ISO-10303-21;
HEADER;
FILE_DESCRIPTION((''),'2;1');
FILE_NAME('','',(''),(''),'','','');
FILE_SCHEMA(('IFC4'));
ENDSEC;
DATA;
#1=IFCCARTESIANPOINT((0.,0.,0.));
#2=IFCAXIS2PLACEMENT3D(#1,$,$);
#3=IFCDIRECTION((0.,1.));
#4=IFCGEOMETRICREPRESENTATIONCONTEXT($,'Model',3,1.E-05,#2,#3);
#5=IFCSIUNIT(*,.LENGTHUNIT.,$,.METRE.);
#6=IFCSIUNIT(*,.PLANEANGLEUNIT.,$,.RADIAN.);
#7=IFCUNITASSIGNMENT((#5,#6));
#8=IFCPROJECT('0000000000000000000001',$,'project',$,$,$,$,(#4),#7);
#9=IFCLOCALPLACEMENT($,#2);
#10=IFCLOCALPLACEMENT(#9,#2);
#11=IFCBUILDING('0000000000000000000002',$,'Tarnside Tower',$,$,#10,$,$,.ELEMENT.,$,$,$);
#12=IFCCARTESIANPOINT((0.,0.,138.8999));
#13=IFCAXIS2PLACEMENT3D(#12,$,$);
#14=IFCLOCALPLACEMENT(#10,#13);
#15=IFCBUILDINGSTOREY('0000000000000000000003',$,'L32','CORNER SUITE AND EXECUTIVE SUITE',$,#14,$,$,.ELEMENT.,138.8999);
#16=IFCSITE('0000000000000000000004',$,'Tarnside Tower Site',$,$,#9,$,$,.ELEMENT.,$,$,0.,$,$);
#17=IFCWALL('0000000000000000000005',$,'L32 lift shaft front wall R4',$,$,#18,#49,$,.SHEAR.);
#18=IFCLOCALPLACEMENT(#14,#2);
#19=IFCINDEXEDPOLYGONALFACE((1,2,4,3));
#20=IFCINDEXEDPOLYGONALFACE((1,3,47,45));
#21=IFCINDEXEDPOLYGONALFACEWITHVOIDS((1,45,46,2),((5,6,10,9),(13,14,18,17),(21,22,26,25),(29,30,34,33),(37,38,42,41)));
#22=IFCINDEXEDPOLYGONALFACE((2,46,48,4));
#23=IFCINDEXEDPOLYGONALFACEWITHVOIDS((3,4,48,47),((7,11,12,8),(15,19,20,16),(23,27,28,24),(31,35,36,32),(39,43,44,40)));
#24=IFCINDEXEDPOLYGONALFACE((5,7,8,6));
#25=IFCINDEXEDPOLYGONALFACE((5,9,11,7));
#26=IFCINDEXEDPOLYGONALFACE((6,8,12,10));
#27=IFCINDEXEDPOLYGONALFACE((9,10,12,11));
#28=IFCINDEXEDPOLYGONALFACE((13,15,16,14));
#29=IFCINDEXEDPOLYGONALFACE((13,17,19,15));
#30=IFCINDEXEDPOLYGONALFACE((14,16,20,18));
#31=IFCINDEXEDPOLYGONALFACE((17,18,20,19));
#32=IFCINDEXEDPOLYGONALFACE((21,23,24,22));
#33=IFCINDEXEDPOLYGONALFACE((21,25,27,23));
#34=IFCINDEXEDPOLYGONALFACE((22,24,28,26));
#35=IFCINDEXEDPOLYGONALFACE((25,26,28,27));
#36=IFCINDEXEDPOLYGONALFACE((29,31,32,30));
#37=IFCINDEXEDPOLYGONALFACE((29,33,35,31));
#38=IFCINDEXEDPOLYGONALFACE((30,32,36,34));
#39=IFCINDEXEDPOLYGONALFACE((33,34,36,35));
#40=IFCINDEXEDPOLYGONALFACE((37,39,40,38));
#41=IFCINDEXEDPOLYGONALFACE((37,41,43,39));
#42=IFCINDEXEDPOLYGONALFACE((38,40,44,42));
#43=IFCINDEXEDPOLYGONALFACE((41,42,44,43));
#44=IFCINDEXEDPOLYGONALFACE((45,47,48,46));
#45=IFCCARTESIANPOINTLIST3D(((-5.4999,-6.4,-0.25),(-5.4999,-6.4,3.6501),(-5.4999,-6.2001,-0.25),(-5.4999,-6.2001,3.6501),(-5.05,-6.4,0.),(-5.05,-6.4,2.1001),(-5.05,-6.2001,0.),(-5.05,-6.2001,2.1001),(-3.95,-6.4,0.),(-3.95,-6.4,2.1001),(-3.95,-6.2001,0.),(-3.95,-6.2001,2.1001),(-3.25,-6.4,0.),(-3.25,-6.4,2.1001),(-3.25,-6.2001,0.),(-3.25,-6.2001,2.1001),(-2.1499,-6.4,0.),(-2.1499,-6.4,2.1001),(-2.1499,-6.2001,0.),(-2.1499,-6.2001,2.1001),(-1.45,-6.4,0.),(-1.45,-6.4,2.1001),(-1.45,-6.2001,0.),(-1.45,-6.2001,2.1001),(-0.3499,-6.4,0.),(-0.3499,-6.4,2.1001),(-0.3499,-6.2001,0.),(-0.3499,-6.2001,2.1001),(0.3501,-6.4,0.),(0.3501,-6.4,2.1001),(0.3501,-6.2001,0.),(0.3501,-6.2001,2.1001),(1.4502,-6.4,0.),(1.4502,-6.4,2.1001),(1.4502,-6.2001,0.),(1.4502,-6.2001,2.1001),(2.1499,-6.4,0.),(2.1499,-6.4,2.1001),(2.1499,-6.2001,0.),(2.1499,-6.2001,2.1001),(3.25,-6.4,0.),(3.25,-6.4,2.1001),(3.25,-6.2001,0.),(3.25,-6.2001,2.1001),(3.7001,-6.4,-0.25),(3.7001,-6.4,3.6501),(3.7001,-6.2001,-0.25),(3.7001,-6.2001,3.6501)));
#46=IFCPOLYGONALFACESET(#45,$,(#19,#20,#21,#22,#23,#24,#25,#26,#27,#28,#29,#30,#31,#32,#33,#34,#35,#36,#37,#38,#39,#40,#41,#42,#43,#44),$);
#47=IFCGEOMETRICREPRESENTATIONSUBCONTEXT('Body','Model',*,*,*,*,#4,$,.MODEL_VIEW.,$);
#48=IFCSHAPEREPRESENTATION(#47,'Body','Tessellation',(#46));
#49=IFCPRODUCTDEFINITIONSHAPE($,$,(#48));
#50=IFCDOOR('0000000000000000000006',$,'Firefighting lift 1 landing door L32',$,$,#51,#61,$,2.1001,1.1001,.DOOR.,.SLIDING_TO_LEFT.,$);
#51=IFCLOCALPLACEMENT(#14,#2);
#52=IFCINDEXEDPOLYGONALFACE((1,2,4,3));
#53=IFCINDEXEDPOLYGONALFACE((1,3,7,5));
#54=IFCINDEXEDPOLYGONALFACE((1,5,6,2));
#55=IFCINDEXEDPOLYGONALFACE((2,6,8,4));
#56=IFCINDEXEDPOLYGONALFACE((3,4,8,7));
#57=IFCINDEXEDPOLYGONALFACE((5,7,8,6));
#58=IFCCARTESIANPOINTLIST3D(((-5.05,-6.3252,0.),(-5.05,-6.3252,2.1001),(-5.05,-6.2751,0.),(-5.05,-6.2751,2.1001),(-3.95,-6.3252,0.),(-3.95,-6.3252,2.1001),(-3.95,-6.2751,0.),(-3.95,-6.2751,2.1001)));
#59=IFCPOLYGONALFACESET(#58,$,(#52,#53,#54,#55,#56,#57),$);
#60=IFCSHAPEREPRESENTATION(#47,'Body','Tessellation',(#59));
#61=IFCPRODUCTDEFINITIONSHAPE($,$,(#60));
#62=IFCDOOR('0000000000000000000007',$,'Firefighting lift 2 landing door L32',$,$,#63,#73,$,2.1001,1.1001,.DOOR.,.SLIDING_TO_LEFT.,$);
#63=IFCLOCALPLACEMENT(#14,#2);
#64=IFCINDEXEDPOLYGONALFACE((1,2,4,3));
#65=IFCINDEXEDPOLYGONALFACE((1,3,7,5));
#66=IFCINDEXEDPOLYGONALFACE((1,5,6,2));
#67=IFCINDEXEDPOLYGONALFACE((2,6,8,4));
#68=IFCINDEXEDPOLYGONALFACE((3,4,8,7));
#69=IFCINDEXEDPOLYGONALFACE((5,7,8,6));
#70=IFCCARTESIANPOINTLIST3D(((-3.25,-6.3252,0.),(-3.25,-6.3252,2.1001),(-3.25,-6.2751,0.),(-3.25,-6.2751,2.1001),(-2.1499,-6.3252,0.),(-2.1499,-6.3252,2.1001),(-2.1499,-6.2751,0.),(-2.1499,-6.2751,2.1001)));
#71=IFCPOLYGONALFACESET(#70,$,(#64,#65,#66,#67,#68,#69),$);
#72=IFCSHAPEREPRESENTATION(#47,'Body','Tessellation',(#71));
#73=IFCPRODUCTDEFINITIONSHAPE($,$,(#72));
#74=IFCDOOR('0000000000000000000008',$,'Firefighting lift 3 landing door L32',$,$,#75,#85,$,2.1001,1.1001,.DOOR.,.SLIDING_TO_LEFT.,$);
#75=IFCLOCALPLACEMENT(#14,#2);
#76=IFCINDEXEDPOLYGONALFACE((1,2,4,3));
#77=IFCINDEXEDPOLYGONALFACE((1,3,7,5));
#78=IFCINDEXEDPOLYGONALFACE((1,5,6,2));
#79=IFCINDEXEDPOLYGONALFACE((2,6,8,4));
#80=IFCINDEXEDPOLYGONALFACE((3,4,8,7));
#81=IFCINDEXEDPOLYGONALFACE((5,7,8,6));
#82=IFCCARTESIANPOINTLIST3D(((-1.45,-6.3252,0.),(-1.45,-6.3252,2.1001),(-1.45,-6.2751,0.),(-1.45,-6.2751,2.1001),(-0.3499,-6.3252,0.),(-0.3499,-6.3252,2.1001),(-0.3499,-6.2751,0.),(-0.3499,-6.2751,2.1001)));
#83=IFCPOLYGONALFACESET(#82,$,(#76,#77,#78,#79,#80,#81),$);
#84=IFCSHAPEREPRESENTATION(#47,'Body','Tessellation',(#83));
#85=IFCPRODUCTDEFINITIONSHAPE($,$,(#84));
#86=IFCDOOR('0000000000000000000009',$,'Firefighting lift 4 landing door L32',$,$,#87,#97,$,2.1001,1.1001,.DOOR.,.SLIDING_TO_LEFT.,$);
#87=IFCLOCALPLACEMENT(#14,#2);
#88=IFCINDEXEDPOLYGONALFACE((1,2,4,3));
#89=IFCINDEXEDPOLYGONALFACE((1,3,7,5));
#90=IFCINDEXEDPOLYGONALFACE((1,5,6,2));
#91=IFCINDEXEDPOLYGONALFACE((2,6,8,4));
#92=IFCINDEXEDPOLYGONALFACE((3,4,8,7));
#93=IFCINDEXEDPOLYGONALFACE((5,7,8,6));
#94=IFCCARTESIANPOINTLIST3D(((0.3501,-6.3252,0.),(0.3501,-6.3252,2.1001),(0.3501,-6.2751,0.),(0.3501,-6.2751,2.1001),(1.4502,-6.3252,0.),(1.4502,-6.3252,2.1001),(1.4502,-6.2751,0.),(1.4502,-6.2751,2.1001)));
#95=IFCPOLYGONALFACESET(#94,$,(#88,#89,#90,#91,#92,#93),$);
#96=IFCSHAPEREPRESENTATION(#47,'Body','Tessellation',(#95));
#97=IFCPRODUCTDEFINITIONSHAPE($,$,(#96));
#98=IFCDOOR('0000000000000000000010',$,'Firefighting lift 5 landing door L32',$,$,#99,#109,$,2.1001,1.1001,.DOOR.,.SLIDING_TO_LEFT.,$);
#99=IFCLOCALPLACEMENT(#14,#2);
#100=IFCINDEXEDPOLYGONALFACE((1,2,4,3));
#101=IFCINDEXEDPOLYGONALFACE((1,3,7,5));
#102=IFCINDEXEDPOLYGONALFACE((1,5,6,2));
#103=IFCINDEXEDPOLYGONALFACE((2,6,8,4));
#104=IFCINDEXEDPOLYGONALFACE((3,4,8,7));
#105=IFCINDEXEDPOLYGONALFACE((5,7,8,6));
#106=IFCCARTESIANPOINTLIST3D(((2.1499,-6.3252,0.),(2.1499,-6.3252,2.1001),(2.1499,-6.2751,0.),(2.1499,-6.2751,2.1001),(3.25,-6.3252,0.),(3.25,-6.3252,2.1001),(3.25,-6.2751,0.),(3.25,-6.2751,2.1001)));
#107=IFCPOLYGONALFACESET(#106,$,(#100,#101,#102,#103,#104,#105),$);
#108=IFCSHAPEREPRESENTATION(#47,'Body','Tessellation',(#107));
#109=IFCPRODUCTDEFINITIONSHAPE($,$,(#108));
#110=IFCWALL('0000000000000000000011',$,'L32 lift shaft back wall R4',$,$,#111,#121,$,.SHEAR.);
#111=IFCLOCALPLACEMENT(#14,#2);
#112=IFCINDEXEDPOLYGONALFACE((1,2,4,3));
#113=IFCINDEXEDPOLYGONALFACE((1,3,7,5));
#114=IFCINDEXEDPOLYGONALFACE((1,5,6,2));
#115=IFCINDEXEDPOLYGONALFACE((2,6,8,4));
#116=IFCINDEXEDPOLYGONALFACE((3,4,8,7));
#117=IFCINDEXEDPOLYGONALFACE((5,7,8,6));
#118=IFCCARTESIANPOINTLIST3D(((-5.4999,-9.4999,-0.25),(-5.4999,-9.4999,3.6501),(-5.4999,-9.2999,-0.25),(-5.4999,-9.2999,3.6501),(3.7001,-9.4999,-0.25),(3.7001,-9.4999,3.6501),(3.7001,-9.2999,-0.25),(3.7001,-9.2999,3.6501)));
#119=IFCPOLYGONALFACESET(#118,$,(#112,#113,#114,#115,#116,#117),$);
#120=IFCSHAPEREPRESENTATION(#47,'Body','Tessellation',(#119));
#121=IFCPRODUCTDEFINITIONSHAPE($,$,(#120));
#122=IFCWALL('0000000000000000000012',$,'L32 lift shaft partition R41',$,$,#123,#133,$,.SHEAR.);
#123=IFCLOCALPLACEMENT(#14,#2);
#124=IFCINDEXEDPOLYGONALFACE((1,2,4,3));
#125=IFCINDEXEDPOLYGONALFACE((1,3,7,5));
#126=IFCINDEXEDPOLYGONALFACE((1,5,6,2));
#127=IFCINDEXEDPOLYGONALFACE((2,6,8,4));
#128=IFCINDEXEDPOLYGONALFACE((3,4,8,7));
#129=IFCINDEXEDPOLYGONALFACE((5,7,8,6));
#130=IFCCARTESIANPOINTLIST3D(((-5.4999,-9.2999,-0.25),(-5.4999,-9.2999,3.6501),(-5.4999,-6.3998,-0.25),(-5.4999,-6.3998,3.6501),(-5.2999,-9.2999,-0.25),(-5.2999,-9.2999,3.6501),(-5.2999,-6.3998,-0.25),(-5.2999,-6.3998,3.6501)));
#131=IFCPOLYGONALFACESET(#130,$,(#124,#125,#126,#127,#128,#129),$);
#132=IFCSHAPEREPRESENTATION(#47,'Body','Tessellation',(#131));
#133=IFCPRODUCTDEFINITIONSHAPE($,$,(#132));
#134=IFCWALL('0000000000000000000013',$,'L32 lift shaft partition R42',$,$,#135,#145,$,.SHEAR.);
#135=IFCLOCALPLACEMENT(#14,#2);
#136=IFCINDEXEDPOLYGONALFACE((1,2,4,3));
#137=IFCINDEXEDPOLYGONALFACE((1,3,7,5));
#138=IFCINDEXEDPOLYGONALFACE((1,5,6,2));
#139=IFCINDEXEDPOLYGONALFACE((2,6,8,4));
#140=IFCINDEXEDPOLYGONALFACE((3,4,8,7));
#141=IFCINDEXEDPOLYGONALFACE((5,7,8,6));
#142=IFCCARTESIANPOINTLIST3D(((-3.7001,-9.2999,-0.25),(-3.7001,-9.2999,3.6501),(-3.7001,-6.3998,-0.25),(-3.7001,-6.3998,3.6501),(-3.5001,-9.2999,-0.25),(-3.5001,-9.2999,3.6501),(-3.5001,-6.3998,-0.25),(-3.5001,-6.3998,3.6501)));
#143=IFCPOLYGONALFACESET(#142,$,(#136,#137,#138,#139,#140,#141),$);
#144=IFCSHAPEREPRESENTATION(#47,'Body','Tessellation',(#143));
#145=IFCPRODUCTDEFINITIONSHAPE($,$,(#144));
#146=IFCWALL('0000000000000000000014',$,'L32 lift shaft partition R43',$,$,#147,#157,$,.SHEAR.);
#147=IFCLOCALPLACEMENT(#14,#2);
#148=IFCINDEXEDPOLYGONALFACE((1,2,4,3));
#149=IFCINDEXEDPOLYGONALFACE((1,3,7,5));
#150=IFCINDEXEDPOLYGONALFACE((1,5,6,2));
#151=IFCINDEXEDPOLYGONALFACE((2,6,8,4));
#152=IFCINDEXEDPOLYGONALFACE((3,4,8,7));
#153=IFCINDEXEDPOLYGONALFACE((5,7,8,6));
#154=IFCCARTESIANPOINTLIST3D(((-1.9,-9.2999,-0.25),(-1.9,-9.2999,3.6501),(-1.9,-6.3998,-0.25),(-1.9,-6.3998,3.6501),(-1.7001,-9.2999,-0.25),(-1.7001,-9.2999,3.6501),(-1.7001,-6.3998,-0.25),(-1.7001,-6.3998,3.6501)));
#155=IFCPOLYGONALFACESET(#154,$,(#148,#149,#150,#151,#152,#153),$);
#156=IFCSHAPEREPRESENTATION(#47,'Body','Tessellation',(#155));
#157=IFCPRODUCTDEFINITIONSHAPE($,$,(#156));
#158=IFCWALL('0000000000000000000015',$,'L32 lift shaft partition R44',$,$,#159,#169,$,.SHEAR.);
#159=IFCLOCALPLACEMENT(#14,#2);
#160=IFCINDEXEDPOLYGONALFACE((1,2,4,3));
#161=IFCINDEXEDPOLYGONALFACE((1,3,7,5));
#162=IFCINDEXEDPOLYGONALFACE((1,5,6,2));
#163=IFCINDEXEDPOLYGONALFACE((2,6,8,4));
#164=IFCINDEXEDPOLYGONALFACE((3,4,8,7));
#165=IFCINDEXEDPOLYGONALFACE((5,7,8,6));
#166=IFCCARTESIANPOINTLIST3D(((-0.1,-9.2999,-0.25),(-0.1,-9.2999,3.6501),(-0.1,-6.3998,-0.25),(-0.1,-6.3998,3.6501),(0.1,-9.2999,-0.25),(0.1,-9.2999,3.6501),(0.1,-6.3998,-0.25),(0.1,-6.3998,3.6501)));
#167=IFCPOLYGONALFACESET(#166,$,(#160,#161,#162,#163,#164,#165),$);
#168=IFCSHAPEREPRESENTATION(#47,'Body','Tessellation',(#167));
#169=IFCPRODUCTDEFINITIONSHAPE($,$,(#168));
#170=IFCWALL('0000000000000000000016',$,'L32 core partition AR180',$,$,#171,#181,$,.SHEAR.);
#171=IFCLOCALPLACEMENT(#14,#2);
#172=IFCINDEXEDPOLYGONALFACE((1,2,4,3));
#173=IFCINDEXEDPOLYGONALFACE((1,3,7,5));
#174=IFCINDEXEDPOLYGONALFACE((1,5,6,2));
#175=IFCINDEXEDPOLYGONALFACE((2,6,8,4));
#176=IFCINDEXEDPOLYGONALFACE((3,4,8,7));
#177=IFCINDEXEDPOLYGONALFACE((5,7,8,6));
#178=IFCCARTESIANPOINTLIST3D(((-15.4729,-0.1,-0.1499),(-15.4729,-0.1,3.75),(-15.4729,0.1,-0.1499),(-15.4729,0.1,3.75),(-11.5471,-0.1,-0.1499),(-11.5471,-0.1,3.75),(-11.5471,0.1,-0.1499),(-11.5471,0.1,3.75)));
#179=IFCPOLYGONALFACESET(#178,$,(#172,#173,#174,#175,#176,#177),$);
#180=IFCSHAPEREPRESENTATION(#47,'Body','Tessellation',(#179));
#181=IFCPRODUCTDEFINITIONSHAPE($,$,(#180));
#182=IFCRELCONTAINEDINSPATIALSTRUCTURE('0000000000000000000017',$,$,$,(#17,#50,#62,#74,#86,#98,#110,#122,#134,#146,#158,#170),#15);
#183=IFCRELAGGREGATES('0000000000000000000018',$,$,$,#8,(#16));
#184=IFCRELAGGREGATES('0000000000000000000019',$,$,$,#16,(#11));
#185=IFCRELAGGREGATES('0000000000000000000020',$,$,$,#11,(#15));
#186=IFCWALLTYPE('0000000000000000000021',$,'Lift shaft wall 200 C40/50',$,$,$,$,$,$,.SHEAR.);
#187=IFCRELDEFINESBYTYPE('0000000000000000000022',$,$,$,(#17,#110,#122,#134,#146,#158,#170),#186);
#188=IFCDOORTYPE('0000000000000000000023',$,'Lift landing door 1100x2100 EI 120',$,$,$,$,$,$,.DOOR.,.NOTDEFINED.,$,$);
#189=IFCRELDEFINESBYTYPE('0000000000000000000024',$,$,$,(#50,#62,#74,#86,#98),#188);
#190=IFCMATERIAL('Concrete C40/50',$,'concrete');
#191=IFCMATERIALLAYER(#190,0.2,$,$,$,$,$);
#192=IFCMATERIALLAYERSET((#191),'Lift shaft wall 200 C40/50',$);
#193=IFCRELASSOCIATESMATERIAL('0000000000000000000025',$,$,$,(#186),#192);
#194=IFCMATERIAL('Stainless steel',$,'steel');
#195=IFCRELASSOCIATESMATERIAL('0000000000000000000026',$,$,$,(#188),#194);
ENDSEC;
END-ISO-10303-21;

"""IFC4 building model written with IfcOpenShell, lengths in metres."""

from ifc_helpers import new_model, si_unit, direction, frame, frame_2d, origin, place, context, subcontext, project, spatial, rectangle, extrude, material, layer, layer_set, type_object, element, fill, save


model = new_model("IFC4")

# Units and contexts
model_context = context("Model", 3, precision=1e-05, world=origin(), true_north=direction((0.0, 1.0)))
body_context = subcontext(model_context, "Body", "Model", "MODEL_VIEW")
ifc_project = project(units=[si_unit("LENGTHUNIT", "METRE"), si_unit("PLANEANGLEUNIT", "RADIAN")], contexts=[model_context])

# Site, building, storey
site_placement = place(None, origin())
site = spatial("IfcSite", under=ifc_project, at=site_placement, Name="Tarnside Tower Site", CompositionType="ELEMENT", RefElevation=0.0)
building_placement = place(site_placement, origin())
building = spatial("IfcBuilding", under=site, at=building_placement, Name="Tarnside Tower", CompositionType="ELEMENT")
storey_placement = place(building_placement, frame((0.0, 0.0, 138.8999)))
storey = spatial("IfcBuildingStorey", under=building, at=storey_placement, Name="L32", Description="CORNER SUITE AND EXECUTIVE SUITE", CompositionType="ELEMENT", Elevation=138.8999)

# Shared definitions
ifc_material_1 = material(Name="Concrete C40/50", Category="concrete")
ifc_layer_1 = layer(ifc_material_1, 0.2)
ifc_layer_set_1 = layer_set([ifc_layer_1], Name="Lift shaft wall 200 C40/50")
wall_type_1 = type_object("IfcWallType", Name="Lift shaft wall 200 C40/50", PredefinedType="SHEAR", material=ifc_layer_set_1)

# Wall, openings, doors
wall_1_placement = place(storey_placement, frame((-5.5, -6.3, -0.25), z_axis=(0.0, 0.0, 1.0), x_axis=(1.0, 0.0, 0.0)))
wall_1 = element("IfcWall", 1, at=wall_1_placement, inside=storey, type_object=wall_type_1, Name="L32 lift shaft front wall R4", PredefinedType="SHEAR", context=body_context, shape_type="SweptSolid", body=[
    extrude(rectangle(XDim=9.2, YDim=0.2, at=frame_2d((4.6001, 0.0))), origin(), (0.0, 0.0, 1.0), 3.9001),
])
opening_1_placement = place(wall_1_placement, frame((0.45, 0.0, 0.25)))
opening_1 = element("IfcOpeningElement", 2, at=opening_1_placement, cuts=wall_1, PredefinedType="OPENING", context=body_context, shape_type="SweptSolid", body=[
    extrude(rectangle(XDim=1.1001, YDim=2.1001, at=frame_2d((0.55, 1.05))), frame((0.0, 0.1099, 0.0), z_axis=(0.0, -1.0, 0.0), x_axis=(1.0, 0.0, 0.0)), (0.0, 0.0, 1.0), 0.22),
])
opening_2_placement = place(wall_1_placement, frame((2.25, 0.0, 0.25)))
opening_2 = element("IfcOpeningElement", 3, at=opening_2_placement, cuts=wall_1, PredefinedType="OPENING", context=body_context, shape_type="SweptSolid", body=[
    extrude(rectangle(XDim=1.1001, YDim=2.1001, at=frame_2d((0.55, 1.05))), frame((0.0, 0.1099, 0.0), z_axis=(0.0, -1.0, 0.0), x_axis=(1.0, 0.0, 0.0)), (0.0, 0.0, 1.0), 0.22),
])
opening_3_placement = place(wall_1_placement, frame((4.05, 0.0, 0.25)))
opening_3 = element("IfcOpeningElement", 4, at=opening_3_placement, cuts=wall_1, PredefinedType="OPENING", context=body_context, shape_type="SweptSolid", body=[
    extrude(rectangle(XDim=1.1001, YDim=2.1001, at=frame_2d((0.55, 1.05))), frame((0.0, 0.1099, 0.0), z_axis=(0.0, -1.0, 0.0), x_axis=(1.0, 0.0, 0.0)), (0.0, 0.0, 1.0), 0.22),
])
opening_4_placement = place(wall_1_placement, frame((5.8501, 0.0, 0.25)))
opening_4 = element("IfcOpeningElement", 5, at=opening_4_placement, cuts=wall_1, PredefinedType="OPENING", context=body_context, shape_type="SweptSolid", body=[
    extrude(rectangle(XDim=1.1001, YDim=2.1001, at=frame_2d((0.55, 1.05))), frame((0.0, 0.1099, 0.0), z_axis=(0.0, -1.0, 0.0), x_axis=(1.0, 0.0, 0.0)), (0.0, 0.0, 1.0), 0.22),
])
opening_5_placement = place(wall_1_placement, frame((7.6499, 0.0, 0.25)))
opening_5 = element("IfcOpeningElement", 6, at=opening_5_placement, cuts=wall_1, PredefinedType="OPENING", context=body_context, shape_type="SweptSolid", body=[
    extrude(rectangle(XDim=1.1001, YDim=2.1001, at=frame_2d((0.55, 1.05))), frame((0.0, 0.1099, 0.0), z_axis=(0.0, -1.0, 0.0), x_axis=(1.0, 0.0, 0.0)), (0.0, 0.0, 1.0), 0.22),
])
ifc_material_2 = material(Name="Stainless steel", Category="steel")
door_type_1 = type_object("IfcDoorType", Name="Lift landing door 1100x2100 EI 120", OperationType="NOTDEFINED", PredefinedType="DOOR", material=ifc_material_2)
door_1_placement = place(opening_1_placement, origin())
door_1 = element("IfcDoor", 7, at=door_1_placement, inside=storey, type_object=door_type_1, Name="Firefighting lift 1 landing door L32", OperationType="SLIDING_TO_LEFT", OverallHeight=2.1001, OverallWidth=1.1001, PredefinedType="DOOR", context=body_context, shape_type="SweptSolid", body=[
    extrude(rectangle(XDim=1.1001, YDim=2.1001, at=frame_2d((0.55, 1.05))), frame((0.0, 0.0249, 0.0), z_axis=(0.0, -1.0, 0.0), x_axis=(1.0, 0.0, 0.0)), (0.0, 0.0, 1.0), 0.05),
])
fill(opening_1, door_1)
door_2_placement = place(opening_2_placement, origin())
door_2 = element("IfcDoor", 8, at=door_2_placement, inside=storey, type_object=door_type_1, Name="Firefighting lift 2 landing door L32", OperationType="SLIDING_TO_LEFT", OverallHeight=2.1001, OverallWidth=1.1001, PredefinedType="DOOR", context=body_context, shape_type="SweptSolid", body=[
    extrude(rectangle(XDim=1.1001, YDim=2.1001, at=frame_2d((0.55, 1.05))), frame((0.0, 0.0249, 0.0), z_axis=(0.0, -1.0, 0.0), x_axis=(1.0, 0.0, 0.0)), (0.0, 0.0, 1.0), 0.05),
])
fill(opening_2, door_2)
door_3_placement = place(opening_3_placement, origin())
door_3 = element("IfcDoor", 9, at=door_3_placement, inside=storey, type_object=door_type_1, Name="Firefighting lift 3 landing door L32", OperationType="SLIDING_TO_LEFT", OverallHeight=2.1001, OverallWidth=1.1001, PredefinedType="DOOR", context=body_context, shape_type="SweptSolid", body=[
    extrude(rectangle(XDim=1.1001, YDim=2.1001, at=frame_2d((0.55, 1.05))), frame((0.0, 0.0249, 0.0), z_axis=(0.0, -1.0, 0.0), x_axis=(1.0, 0.0, 0.0)), (0.0, 0.0, 1.0), 0.05),
])
fill(opening_3, door_3)
door_4_placement = place(opening_4_placement, origin())
door_4 = element("IfcDoor", 10, at=door_4_placement, inside=storey, type_object=door_type_1, Name="Firefighting lift 4 landing door L32", OperationType="SLIDING_TO_LEFT", OverallHeight=2.1001, OverallWidth=1.1001, PredefinedType="DOOR", context=body_context, shape_type="SweptSolid", body=[
    extrude(rectangle(XDim=1.1001, YDim=2.1001, at=frame_2d((0.55, 1.05))), frame((0.0, 0.0249, 0.0), z_axis=(0.0, -1.0, 0.0), x_axis=(1.0, 0.0, 0.0)), (0.0, 0.0, 1.0), 0.05),
])
fill(opening_4, door_4)
door_5_placement = place(opening_5_placement, origin())
door_5 = element("IfcDoor", 11, at=door_5_placement, inside=storey, type_object=door_type_1, Name="Firefighting lift 5 landing door L32", OperationType="SLIDING_TO_LEFT", OverallHeight=2.1001, OverallWidth=1.1001, PredefinedType="DOOR", context=body_context, shape_type="SweptSolid", body=[
    extrude(rectangle(XDim=1.1001, YDim=2.1001, at=frame_2d((0.55, 1.05))), frame((0.0, 0.0249, 0.0), z_axis=(0.0, -1.0, 0.0), x_axis=(1.0, 0.0, 0.0)), (0.0, 0.0, 1.0), 0.05),
])
fill(opening_5, door_5)

# Walls
wall_2_placement = place(storey_placement, frame((-5.5, -9.3999, -0.25), z_axis=(0.0, 0.0, 1.0), x_axis=(1.0, 0.0, 0.0)))
element("IfcWall", 12, at=wall_2_placement, inside=storey, type_object=wall_type_1, Name="L32 lift shaft back wall R4", PredefinedType="SHEAR", context=body_context, shape_type="SweptSolid", body=[
    extrude(rectangle(XDim=9.2, YDim=0.2, at=frame_2d((4.6001, 0.0))), origin(), (0.0, 0.0, 1.0), 3.9001),
])
for number, where, z_axis, x_axis, name in (
    (13, (-5.3999, -9.3, -0.25), (0.0, 0.0, 1.0), (0.0, 1.0, 0.0), "L32 lift shaft partition R41"),
    (14, (-3.6001, -9.3, -0.25), (0.0, 0.0, 1.0), (0.0, 1.0, 0.0), "L32 lift shaft partition R42"),
    (15, (-1.8, -9.3, -0.25), (0.0, 0.0, 1.0), (0.0, 1.0, 0.0), "L32 lift shaft partition R43"),
    (16, (0.0, -9.3, -0.25), (0.0, 0.0, 1.0), (0.0, 1.0, 0.0), "L32 lift shaft partition R44"),
):
    element("IfcWall", number, at=place(storey_placement, frame(where, z_axis=z_axis, x_axis=x_axis)), inside=storey, type_object=wall_type_1, Name=name, PredefinedType="SHEAR", context=body_context, shape_type="SweptSolid", body=[
        extrude(rectangle(XDim=2.9001, YDim=0.2, at=frame_2d((1.4502, 0.0))), origin(), (0.0, 0.0, 1.0), 3.9001),
    ])
wall_3_placement = place(storey_placement, frame((-11.5471, 0.0, -0.1499), z_axis=(0.0, 0.0, 1.0), x_axis=(-1.0, 0.0, 0.0)))
element("IfcWall", 17, at=wall_3_placement, inside=storey, type_object=wall_type_1, Name="L32 core partition AR180", PredefinedType="SHEAR", context=body_context, shape_type="SweptSolid", body=[
    extrude(rectangle(XDim=3.9258, YDim=0.2, at=frame_2d((1.9629, 0.0))), origin(), (0.0, 0.0, 1.0), 3.8999),
])

save(model, "model.ifc")
